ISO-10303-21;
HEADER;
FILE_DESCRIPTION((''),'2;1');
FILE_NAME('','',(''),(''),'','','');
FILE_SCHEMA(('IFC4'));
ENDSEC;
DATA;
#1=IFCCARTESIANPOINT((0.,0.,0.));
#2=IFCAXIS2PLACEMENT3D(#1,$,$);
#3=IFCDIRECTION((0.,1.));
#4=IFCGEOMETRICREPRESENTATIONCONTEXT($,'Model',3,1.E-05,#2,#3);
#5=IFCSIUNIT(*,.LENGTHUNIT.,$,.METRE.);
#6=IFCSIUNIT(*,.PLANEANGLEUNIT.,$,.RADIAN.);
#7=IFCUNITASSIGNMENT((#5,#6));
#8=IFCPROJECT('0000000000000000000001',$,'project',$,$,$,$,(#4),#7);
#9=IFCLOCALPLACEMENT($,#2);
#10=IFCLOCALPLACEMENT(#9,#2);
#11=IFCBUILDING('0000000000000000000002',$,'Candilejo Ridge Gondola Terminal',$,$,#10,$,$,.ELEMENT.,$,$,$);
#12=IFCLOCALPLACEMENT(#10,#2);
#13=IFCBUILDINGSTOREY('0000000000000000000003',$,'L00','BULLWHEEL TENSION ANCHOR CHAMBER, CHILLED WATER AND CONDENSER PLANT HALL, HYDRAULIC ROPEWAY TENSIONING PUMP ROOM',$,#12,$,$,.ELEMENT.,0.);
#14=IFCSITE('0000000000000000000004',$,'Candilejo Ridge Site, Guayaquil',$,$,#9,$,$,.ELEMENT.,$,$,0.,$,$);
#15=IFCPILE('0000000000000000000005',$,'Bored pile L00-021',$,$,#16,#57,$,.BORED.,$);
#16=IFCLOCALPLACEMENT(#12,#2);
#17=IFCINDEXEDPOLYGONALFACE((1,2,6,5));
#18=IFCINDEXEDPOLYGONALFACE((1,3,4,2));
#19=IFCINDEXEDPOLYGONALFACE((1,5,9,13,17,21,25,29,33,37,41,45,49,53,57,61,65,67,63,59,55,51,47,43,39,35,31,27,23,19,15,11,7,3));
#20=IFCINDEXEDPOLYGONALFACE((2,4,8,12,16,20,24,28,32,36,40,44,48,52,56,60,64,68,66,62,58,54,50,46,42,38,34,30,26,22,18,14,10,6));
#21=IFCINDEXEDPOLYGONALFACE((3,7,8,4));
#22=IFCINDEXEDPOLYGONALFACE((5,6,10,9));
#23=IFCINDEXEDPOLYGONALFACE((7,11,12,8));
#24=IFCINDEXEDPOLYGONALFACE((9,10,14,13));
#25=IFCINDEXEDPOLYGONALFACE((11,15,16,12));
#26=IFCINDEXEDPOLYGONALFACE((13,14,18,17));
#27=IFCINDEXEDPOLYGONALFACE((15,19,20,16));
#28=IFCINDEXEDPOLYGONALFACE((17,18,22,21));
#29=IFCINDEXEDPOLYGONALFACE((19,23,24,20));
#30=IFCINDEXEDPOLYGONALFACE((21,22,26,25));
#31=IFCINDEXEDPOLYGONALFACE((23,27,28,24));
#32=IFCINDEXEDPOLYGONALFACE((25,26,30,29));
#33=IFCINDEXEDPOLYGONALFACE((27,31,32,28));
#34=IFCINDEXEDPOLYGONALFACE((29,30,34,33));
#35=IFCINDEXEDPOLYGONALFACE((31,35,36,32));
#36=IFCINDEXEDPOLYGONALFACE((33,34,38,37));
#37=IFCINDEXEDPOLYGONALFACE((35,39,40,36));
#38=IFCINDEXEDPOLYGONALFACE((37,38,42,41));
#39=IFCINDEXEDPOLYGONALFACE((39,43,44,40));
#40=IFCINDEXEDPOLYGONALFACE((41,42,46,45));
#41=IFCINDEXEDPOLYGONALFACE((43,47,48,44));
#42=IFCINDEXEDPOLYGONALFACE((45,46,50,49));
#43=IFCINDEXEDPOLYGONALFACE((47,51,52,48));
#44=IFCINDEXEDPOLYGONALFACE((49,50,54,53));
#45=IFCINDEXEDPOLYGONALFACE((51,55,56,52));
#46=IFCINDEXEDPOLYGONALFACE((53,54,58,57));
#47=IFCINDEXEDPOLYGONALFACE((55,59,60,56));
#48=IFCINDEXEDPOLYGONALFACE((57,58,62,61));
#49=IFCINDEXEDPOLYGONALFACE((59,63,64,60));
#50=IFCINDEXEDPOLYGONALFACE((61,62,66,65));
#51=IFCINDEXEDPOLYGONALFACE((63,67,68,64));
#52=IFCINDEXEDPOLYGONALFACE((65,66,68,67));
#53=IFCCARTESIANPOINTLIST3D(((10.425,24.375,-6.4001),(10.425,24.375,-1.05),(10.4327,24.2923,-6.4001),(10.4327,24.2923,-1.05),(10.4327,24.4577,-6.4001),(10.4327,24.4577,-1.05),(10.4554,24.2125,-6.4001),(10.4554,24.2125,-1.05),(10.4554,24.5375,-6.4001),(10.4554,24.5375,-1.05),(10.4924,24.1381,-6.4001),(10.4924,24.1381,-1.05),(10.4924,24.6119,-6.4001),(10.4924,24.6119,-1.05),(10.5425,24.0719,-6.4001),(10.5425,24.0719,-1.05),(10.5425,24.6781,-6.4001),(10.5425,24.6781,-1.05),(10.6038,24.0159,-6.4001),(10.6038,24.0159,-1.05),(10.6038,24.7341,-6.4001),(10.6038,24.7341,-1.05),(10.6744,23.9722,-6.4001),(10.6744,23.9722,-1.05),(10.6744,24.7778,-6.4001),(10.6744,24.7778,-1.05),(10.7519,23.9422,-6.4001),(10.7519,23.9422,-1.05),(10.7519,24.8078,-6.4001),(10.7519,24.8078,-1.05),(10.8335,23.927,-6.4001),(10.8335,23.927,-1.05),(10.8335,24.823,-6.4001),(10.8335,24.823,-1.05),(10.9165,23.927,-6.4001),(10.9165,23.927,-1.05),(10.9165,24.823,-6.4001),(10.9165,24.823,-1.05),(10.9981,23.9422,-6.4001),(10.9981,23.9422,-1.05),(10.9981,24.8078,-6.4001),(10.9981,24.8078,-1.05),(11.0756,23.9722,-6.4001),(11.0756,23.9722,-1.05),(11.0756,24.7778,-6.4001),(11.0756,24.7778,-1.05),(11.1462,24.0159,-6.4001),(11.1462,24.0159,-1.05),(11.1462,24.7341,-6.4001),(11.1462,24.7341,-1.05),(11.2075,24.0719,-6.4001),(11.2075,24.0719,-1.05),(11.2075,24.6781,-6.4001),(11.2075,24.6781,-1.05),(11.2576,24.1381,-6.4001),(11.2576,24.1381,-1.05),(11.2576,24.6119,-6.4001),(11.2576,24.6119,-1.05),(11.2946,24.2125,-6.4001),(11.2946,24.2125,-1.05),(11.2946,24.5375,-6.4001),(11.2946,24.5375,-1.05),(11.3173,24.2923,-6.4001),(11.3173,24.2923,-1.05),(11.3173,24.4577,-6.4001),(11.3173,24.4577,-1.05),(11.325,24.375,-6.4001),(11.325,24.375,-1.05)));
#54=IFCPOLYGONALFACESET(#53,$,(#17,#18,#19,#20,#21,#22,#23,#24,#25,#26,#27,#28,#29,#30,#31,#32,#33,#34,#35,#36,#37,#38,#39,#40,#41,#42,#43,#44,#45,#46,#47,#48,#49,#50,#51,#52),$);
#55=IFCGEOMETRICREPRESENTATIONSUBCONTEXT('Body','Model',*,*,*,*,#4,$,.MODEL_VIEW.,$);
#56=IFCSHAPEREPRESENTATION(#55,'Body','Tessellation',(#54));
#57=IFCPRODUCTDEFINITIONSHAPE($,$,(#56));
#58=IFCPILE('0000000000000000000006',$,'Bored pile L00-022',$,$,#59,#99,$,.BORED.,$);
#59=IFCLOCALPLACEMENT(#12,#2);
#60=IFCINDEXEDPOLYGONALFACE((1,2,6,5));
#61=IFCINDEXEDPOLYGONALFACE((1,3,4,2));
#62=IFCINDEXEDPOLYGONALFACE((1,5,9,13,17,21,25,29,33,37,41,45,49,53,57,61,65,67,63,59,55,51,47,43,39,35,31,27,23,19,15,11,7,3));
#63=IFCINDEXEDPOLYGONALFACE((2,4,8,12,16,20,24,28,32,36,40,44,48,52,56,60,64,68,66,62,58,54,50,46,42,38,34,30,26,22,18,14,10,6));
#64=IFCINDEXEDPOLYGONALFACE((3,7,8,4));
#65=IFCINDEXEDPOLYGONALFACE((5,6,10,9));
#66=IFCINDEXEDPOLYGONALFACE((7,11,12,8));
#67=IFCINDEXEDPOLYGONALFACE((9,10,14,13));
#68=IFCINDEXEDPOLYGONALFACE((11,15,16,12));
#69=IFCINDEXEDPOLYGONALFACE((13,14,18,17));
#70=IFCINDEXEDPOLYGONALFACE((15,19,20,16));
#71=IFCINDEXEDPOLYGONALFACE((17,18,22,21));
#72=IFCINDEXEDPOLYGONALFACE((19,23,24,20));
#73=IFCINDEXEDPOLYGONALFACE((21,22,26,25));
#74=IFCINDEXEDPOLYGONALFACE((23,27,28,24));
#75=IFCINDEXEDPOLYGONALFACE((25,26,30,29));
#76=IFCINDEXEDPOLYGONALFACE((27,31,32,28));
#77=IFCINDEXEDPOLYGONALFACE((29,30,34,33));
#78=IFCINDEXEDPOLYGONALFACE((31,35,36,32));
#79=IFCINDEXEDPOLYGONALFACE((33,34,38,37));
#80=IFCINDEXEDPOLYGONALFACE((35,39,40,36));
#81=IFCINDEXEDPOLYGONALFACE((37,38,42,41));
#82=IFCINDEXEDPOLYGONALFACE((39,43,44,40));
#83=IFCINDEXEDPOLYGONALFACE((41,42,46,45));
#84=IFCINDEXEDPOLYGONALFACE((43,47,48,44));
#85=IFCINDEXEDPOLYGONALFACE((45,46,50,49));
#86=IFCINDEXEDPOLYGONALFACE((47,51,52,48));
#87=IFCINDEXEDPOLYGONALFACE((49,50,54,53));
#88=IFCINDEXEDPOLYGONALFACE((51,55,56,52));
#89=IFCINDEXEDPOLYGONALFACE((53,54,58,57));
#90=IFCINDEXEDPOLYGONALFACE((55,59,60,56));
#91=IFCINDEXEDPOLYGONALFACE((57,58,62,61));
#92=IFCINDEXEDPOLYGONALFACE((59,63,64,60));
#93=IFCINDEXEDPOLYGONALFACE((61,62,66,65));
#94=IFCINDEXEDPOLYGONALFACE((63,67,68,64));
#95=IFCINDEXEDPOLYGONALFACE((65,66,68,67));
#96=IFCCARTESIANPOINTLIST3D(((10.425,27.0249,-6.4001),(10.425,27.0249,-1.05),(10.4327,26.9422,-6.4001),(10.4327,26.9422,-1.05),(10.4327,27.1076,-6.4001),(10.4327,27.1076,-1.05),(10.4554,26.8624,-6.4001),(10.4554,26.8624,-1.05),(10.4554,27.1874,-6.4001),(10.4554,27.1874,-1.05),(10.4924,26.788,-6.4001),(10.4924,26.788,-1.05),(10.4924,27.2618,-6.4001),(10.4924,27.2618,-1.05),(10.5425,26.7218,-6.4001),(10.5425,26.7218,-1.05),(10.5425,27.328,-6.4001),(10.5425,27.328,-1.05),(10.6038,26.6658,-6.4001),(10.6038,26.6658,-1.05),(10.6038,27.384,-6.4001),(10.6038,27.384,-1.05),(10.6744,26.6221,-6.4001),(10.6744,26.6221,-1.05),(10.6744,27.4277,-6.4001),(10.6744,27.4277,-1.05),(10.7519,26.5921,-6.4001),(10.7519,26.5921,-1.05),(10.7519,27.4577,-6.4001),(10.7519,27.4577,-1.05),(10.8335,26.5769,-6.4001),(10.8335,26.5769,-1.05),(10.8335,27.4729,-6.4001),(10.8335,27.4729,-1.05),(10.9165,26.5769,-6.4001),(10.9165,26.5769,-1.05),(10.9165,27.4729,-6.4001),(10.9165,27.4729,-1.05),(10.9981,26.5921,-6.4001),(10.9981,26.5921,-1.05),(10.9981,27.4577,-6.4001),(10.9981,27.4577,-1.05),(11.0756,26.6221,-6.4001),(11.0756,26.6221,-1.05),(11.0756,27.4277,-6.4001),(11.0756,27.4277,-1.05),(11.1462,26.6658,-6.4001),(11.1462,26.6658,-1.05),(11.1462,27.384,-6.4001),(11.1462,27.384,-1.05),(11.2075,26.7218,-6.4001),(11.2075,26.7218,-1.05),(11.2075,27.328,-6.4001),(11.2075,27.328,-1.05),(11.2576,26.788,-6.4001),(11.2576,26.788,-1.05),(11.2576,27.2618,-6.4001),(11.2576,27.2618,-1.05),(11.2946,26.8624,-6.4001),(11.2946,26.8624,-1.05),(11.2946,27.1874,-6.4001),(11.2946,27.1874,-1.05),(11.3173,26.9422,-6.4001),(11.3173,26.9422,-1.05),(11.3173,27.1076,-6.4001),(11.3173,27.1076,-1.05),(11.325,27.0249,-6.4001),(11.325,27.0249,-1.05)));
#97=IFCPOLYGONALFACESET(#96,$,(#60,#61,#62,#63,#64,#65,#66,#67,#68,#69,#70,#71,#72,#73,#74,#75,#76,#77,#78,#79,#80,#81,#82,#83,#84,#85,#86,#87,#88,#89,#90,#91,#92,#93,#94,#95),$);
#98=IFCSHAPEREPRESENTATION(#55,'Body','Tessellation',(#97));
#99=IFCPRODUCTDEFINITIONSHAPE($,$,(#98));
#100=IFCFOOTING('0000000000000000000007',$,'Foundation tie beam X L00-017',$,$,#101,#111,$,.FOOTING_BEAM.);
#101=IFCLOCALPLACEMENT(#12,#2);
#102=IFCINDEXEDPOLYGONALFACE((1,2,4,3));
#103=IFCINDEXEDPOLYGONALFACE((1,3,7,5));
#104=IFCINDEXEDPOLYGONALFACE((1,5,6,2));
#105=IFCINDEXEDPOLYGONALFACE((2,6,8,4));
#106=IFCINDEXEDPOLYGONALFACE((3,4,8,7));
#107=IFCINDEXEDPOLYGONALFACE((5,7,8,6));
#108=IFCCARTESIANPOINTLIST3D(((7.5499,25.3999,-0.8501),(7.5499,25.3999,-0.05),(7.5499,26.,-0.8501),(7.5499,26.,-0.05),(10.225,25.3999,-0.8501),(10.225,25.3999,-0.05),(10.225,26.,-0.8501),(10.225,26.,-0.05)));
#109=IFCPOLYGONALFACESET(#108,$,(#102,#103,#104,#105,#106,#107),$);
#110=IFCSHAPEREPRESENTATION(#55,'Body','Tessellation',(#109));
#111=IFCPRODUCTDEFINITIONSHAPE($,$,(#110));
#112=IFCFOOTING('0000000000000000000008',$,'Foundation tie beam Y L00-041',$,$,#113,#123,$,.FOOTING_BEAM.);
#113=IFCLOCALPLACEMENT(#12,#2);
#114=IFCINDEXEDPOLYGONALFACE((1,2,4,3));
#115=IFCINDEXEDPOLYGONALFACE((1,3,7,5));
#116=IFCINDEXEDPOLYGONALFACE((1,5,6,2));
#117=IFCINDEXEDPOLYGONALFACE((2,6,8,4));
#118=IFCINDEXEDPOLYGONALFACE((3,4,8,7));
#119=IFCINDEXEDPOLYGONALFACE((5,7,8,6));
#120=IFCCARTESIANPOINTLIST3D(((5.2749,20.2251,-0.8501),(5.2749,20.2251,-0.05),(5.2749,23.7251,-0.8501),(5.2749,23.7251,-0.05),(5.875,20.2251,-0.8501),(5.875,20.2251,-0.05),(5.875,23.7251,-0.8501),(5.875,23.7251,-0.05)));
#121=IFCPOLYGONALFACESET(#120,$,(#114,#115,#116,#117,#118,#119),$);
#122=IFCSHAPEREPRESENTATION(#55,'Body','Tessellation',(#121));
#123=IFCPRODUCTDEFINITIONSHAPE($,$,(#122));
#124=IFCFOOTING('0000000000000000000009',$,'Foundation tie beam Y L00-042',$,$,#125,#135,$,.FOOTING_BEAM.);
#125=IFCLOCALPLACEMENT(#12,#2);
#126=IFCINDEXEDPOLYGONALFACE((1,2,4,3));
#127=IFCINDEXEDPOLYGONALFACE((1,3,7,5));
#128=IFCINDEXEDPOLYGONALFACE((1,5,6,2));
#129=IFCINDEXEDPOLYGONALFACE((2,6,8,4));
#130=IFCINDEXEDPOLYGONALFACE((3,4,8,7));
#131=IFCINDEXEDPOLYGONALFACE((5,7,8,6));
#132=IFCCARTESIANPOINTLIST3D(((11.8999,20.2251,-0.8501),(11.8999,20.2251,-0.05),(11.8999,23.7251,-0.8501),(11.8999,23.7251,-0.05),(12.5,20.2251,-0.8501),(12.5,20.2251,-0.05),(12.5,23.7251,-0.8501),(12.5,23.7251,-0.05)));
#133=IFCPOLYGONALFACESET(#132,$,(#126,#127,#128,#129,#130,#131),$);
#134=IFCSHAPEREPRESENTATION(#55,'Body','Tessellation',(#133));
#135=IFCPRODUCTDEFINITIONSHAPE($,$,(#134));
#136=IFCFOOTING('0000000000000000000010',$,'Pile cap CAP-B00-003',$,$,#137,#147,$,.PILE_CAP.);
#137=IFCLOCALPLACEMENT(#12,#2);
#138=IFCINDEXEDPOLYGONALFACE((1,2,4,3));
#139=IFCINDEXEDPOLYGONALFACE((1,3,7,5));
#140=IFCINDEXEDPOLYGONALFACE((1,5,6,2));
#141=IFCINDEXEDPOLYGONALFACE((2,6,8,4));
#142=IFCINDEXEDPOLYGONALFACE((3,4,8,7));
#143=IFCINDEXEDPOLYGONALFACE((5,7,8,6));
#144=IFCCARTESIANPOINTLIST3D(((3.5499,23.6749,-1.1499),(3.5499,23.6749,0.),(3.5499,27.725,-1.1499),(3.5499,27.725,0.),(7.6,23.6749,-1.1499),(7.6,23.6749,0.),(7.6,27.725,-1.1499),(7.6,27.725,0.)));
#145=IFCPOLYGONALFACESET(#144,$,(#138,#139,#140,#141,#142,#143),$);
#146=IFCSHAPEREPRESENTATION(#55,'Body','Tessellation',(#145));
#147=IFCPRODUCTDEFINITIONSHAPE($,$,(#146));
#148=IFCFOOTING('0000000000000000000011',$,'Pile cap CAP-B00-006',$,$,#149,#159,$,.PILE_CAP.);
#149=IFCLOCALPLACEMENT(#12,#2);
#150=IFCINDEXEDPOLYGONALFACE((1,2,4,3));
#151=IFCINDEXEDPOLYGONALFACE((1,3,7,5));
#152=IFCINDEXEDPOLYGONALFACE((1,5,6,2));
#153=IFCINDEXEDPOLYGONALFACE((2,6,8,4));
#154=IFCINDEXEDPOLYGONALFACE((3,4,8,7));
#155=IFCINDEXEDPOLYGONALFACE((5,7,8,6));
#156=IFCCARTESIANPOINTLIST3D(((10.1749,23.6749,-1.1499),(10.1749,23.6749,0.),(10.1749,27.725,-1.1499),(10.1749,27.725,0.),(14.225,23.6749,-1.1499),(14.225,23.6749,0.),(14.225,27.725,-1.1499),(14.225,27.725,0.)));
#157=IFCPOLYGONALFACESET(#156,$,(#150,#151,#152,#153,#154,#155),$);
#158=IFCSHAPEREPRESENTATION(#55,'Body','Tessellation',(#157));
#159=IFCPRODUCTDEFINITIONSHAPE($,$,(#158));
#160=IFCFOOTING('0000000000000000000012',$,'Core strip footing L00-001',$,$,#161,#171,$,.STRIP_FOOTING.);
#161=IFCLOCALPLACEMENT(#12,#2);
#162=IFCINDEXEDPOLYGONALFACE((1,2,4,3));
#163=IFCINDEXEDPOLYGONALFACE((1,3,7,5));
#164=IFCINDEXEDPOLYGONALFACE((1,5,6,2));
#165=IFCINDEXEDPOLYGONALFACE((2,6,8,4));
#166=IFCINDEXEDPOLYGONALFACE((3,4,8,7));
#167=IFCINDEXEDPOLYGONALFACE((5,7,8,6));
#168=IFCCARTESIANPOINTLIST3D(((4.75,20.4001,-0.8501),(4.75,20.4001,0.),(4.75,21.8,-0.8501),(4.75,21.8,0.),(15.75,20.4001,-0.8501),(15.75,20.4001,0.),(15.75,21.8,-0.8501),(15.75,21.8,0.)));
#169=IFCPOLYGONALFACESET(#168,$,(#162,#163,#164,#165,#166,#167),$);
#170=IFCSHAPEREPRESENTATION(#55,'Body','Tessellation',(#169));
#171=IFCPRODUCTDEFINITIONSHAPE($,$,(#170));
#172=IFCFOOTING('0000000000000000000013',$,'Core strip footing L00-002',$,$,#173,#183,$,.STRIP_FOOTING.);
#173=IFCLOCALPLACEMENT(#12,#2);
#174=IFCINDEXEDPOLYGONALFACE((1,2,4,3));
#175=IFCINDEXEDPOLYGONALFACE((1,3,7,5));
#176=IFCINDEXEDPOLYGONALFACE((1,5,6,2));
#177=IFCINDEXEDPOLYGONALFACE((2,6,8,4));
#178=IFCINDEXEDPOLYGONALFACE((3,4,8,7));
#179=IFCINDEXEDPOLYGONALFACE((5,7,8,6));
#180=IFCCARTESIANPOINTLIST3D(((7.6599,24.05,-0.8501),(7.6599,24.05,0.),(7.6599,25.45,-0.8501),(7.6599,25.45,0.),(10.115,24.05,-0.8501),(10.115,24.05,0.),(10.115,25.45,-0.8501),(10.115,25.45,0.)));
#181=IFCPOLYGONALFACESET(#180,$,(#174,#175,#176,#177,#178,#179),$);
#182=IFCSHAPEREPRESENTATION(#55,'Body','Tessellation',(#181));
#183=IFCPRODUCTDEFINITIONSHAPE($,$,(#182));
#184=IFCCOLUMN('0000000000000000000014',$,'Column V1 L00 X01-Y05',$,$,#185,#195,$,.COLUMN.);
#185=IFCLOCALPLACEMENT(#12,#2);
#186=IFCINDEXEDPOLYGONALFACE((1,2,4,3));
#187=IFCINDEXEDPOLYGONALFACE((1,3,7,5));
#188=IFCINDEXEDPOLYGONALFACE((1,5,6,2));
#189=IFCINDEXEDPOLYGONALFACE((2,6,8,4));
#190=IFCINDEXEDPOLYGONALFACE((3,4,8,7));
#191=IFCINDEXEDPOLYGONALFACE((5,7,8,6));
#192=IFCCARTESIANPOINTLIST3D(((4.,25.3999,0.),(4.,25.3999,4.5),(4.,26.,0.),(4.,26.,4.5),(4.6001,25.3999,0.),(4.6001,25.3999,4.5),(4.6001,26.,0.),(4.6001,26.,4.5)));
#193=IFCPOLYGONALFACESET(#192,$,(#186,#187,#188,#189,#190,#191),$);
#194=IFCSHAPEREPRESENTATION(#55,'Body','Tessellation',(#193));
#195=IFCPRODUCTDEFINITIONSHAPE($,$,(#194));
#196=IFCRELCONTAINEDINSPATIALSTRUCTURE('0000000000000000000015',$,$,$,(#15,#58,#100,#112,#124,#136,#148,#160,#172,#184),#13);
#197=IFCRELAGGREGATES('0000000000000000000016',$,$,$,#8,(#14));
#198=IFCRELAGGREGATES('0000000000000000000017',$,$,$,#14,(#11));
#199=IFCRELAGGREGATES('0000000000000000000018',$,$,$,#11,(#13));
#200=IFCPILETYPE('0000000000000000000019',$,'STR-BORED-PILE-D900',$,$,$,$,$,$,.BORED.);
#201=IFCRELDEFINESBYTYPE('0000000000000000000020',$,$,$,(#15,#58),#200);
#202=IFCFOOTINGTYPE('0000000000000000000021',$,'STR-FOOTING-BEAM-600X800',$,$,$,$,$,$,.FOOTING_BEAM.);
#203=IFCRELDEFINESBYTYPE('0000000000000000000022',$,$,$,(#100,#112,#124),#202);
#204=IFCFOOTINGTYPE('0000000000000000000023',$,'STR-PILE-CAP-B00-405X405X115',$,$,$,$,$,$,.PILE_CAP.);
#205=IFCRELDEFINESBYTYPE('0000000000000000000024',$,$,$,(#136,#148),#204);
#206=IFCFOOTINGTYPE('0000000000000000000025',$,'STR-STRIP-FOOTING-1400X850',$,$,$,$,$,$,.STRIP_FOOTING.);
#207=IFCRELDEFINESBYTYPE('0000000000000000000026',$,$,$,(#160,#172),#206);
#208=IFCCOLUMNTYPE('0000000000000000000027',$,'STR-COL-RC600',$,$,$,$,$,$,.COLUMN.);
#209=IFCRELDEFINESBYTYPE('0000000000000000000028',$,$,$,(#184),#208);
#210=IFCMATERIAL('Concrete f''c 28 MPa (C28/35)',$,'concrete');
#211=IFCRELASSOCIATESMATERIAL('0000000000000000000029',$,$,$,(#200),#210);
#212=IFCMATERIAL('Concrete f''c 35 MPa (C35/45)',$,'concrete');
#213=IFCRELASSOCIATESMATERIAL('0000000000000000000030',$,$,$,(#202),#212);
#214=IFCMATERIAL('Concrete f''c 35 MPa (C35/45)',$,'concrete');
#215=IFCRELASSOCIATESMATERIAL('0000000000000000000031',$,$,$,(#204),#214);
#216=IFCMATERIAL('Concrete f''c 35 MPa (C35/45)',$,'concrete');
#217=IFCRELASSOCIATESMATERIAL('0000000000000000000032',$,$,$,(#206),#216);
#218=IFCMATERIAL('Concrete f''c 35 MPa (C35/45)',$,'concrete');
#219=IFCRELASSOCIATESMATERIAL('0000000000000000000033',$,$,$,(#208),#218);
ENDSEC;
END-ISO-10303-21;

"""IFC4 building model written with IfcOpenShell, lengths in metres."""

from ifc_helpers import new_model, si_unit, direction, frame, origin, origin_2d, place, context, subcontext, project, spatial, rectangle, circle, extrude, material, material_profile, profile_set, type_object, element, save


model = new_model("IFC4")

# Units and contexts
model_context = context("Model", 3, precision=1e-05, world=origin(), true_north=direction((0.0, 1.0)))
body_context = subcontext(model_context, "Body", "Model", "MODEL_VIEW")
ifc_project = project(units=[si_unit("LENGTHUNIT", "METRE"), si_unit("PLANEANGLEUNIT", "RADIAN")], contexts=[model_context])

# Site, building, storey
site_placement = place(None, origin())
site = spatial("IfcSite", under=ifc_project, at=site_placement, Name="Candilejo Ridge Site, Guayaquil", CompositionType="ELEMENT", RefElevation=0.0)
building_placement = place(site_placement, origin())
building = spatial("IfcBuilding", under=site, at=building_placement, Name="Candilejo Ridge Gondola Terminal", CompositionType="ELEMENT")
storey_placement = place(building_placement, origin())
storey = spatial("IfcBuildingStorey", under=building, at=storey_placement, Name="L00", Description="BULLWHEEL TENSION ANCHOR CHAMBER, CHILLED WATER AND CONDENSER PLANT HALL, HYDRAULIC ROPEWAY TENSIONING PUMP ROOM", CompositionType="ELEMENT", Elevation=0.0)

# Piles
ifc_material_1 = material(Name="Concrete f'c 28 MPa (C28/35)", Category="concrete")
ifc_material_profile_1 = material_profile(ifc_material_1, circle(Radius=0.45, at=origin_2d()))
ifc_profile_set_1 = profile_set([ifc_material_profile_1], Name="Concrete f'c 28 MPa (C28/35)")
pile_type = type_object("IfcPileType", Name="STR-BORED-PILE-D900", PredefinedType="BORED", material=ifc_profile_set_1)
for number, where, z_axis, x_axis, name in (
    (1, (10.875, 24.375, -1.05), (0.0, 0.0, -1.0), (1.0, 0.0, 0.0), "Bored pile L00-021"),
    (2, (10.875, 27.0249, -1.05), (0.0, 0.0, -1.0), (1.0, 0.0, 0.0), "Bored pile L00-022"),
):
    element("IfcPile", number, at=place(storey_placement, frame(where, z_axis=z_axis, x_axis=x_axis)), inside=storey, type_object=pile_type, Name=name, PredefinedType="BORED", context=body_context, shape_type="SweptSolid", body=[
        extrude(circle(Radius=0.45, at=origin_2d()), origin(), (0.0, 0.0, 1.0), 5.3501),
    ])

# Footings
ifc_material_2 = material(Name="Concrete f'c 35 MPa (C35/45)", Category="concrete")
footing_type_1 = type_object("IfcFootingType", Name="STR-FOOTING-BEAM-600X800", PredefinedType="FOOTING_BEAM", material=ifc_material_2)
footing_1_placement = place(storey_placement, frame((8.8875, 25.7, -0.8501), z_axis=(0.0, 0.0, 1.0), x_axis=(1.0, 0.0, 0.0)))
element("IfcFooting", 3, at=footing_1_placement, inside=storey, type_object=footing_type_1, Name="Foundation tie beam X L00-017", PredefinedType="FOOTING_BEAM", context=body_context, shape_type="SweptSolid", body=[
    extrude(rectangle(XDim=2.675, YDim=0.6001, at=origin_2d()), origin(), (0.0, 0.0, 1.0), 0.8),
])
for number, where, z_axis, x_axis, name in (
    (4, (5.575, 21.9751, -0.8501), (0.0, 0.0, 1.0), (1.0, 0.0, 0.0), "Foundation tie beam Y L00-041"),
    (5, (12.2, 21.9751, -0.8501), (0.0, 0.0, 1.0), (1.0, 0.0, 0.0), "Foundation tie beam Y L00-042"),
):
    element("IfcFooting", number, at=place(storey_placement, frame(where, z_axis=z_axis, x_axis=x_axis)), inside=storey, type_object=footing_type_1, Name=name, PredefinedType="FOOTING_BEAM", context=body_context, shape_type="SweptSolid", body=[
        extrude(rectangle(XDim=0.6001, YDim=3.5, at=origin_2d()), origin(), (0.0, 0.0, 1.0), 0.8),
    ])
ifc_material_3 = material(Name="Concrete f'c 35 MPa (C35/45)", Category="concrete")
footing_type_2 = type_object("IfcFootingType", Name="STR-PILE-CAP-B00-405X405X115", PredefinedType="PILE_CAP", material=ifc_material_3)
for number, where, z_axis, x_axis, name in (
    (6, (5.575, 25.7, -1.1499), (0.0, 0.0, 1.0), (1.0, 0.0, 0.0), "Pile cap CAP-B00-003"),
    (7, (12.2, 25.7, -1.1499), (0.0, 0.0, 1.0), (1.0, 0.0, 0.0), "Pile cap CAP-B00-006"),
):
    element("IfcFooting", number, at=place(storey_placement, frame(where, z_axis=z_axis, x_axis=x_axis)), inside=storey, type_object=footing_type_2, Name=name, PredefinedType="PILE_CAP", context=body_context, shape_type="SweptSolid", body=[
        extrude(rectangle(XDim=4.05, YDim=4.05, at=origin_2d()), origin(), (0.0, 0.0, 1.0), 1.1499),
    ])
ifc_material_4 = material(Name="Concrete f'c 35 MPa (C35/45)", Category="concrete")
footing_type_3 = type_object("IfcFootingType", Name="STR-STRIP-FOOTING-1400X850", PredefinedType="STRIP_FOOTING", material=ifc_material_4)
footing_2_placement = place(storey_placement, frame((10.25, 21.1001, -0.8501), z_axis=(0.0, 0.0, 1.0), x_axis=(1.0, 0.0, 0.0)))
element("IfcFooting", 8, at=footing_2_placement, inside=storey, type_object=footing_type_3, Name="Core strip footing L00-001", PredefinedType="STRIP_FOOTING", context=body_context, shape_type="SweptSolid", body=[
    extrude(rectangle(XDim=11.0, YDim=1.3999, at=origin_2d()), origin(), (0.0, 0.0, 1.0), 0.8501),
])
footing_3_placement = place(storey_placement, frame((8.8875, 24.75, -0.8501), z_axis=(0.0, 0.0, 1.0), x_axis=(1.0, 0.0, 0.0)))
element("IfcFooting", 9, at=footing_3_placement, inside=storey, type_object=footing_type_3, Name="Core strip footing L00-002", PredefinedType="STRIP_FOOTING", context=body_context, shape_type="SweptSolid", body=[
    extrude(rectangle(XDim=2.4551, YDim=1.3999, at=origin_2d()), origin(), (0.0, 0.0, 1.0), 0.8501),
])

# Column
ifc_material_5 = material(Name="Concrete f'c 35 MPa (C35/45)", Category="concrete")
ifc_material_profile_2 = material_profile(ifc_material_5, rectangle(XDim=0.6001, YDim=0.6001, at=origin_2d()))
ifc_profile_set_2 = profile_set([ifc_material_profile_2], Name="Concrete f'c 35 MPa (C35/45)")
column_type = type_object("IfcColumnType", Name="STR-COL-RC600", PredefinedType="COLUMN", material=ifc_profile_set_2)
for number, where, z_axis, x_axis, name in (
    (10, (4.3, 25.7, 0.0), (0.0, 0.0, 1.0), (1.0, 0.0, 0.0), "Column V1 L00 X01-Y05"),
):
    element("IfcColumn", number, at=place(storey_placement, frame(where, z_axis=z_axis, x_axis=x_axis)), inside=storey, type_object=column_type, Name=name, PredefinedType="COLUMN", context=body_context, shape_type="SweptSolid", body=[
        extrude(rectangle(XDim=0.6001, YDim=0.6001, at=origin_2d()), origin(), (0.0, 0.0, 1.0), 4.5),
    ])

save(model, "model.ifc")
